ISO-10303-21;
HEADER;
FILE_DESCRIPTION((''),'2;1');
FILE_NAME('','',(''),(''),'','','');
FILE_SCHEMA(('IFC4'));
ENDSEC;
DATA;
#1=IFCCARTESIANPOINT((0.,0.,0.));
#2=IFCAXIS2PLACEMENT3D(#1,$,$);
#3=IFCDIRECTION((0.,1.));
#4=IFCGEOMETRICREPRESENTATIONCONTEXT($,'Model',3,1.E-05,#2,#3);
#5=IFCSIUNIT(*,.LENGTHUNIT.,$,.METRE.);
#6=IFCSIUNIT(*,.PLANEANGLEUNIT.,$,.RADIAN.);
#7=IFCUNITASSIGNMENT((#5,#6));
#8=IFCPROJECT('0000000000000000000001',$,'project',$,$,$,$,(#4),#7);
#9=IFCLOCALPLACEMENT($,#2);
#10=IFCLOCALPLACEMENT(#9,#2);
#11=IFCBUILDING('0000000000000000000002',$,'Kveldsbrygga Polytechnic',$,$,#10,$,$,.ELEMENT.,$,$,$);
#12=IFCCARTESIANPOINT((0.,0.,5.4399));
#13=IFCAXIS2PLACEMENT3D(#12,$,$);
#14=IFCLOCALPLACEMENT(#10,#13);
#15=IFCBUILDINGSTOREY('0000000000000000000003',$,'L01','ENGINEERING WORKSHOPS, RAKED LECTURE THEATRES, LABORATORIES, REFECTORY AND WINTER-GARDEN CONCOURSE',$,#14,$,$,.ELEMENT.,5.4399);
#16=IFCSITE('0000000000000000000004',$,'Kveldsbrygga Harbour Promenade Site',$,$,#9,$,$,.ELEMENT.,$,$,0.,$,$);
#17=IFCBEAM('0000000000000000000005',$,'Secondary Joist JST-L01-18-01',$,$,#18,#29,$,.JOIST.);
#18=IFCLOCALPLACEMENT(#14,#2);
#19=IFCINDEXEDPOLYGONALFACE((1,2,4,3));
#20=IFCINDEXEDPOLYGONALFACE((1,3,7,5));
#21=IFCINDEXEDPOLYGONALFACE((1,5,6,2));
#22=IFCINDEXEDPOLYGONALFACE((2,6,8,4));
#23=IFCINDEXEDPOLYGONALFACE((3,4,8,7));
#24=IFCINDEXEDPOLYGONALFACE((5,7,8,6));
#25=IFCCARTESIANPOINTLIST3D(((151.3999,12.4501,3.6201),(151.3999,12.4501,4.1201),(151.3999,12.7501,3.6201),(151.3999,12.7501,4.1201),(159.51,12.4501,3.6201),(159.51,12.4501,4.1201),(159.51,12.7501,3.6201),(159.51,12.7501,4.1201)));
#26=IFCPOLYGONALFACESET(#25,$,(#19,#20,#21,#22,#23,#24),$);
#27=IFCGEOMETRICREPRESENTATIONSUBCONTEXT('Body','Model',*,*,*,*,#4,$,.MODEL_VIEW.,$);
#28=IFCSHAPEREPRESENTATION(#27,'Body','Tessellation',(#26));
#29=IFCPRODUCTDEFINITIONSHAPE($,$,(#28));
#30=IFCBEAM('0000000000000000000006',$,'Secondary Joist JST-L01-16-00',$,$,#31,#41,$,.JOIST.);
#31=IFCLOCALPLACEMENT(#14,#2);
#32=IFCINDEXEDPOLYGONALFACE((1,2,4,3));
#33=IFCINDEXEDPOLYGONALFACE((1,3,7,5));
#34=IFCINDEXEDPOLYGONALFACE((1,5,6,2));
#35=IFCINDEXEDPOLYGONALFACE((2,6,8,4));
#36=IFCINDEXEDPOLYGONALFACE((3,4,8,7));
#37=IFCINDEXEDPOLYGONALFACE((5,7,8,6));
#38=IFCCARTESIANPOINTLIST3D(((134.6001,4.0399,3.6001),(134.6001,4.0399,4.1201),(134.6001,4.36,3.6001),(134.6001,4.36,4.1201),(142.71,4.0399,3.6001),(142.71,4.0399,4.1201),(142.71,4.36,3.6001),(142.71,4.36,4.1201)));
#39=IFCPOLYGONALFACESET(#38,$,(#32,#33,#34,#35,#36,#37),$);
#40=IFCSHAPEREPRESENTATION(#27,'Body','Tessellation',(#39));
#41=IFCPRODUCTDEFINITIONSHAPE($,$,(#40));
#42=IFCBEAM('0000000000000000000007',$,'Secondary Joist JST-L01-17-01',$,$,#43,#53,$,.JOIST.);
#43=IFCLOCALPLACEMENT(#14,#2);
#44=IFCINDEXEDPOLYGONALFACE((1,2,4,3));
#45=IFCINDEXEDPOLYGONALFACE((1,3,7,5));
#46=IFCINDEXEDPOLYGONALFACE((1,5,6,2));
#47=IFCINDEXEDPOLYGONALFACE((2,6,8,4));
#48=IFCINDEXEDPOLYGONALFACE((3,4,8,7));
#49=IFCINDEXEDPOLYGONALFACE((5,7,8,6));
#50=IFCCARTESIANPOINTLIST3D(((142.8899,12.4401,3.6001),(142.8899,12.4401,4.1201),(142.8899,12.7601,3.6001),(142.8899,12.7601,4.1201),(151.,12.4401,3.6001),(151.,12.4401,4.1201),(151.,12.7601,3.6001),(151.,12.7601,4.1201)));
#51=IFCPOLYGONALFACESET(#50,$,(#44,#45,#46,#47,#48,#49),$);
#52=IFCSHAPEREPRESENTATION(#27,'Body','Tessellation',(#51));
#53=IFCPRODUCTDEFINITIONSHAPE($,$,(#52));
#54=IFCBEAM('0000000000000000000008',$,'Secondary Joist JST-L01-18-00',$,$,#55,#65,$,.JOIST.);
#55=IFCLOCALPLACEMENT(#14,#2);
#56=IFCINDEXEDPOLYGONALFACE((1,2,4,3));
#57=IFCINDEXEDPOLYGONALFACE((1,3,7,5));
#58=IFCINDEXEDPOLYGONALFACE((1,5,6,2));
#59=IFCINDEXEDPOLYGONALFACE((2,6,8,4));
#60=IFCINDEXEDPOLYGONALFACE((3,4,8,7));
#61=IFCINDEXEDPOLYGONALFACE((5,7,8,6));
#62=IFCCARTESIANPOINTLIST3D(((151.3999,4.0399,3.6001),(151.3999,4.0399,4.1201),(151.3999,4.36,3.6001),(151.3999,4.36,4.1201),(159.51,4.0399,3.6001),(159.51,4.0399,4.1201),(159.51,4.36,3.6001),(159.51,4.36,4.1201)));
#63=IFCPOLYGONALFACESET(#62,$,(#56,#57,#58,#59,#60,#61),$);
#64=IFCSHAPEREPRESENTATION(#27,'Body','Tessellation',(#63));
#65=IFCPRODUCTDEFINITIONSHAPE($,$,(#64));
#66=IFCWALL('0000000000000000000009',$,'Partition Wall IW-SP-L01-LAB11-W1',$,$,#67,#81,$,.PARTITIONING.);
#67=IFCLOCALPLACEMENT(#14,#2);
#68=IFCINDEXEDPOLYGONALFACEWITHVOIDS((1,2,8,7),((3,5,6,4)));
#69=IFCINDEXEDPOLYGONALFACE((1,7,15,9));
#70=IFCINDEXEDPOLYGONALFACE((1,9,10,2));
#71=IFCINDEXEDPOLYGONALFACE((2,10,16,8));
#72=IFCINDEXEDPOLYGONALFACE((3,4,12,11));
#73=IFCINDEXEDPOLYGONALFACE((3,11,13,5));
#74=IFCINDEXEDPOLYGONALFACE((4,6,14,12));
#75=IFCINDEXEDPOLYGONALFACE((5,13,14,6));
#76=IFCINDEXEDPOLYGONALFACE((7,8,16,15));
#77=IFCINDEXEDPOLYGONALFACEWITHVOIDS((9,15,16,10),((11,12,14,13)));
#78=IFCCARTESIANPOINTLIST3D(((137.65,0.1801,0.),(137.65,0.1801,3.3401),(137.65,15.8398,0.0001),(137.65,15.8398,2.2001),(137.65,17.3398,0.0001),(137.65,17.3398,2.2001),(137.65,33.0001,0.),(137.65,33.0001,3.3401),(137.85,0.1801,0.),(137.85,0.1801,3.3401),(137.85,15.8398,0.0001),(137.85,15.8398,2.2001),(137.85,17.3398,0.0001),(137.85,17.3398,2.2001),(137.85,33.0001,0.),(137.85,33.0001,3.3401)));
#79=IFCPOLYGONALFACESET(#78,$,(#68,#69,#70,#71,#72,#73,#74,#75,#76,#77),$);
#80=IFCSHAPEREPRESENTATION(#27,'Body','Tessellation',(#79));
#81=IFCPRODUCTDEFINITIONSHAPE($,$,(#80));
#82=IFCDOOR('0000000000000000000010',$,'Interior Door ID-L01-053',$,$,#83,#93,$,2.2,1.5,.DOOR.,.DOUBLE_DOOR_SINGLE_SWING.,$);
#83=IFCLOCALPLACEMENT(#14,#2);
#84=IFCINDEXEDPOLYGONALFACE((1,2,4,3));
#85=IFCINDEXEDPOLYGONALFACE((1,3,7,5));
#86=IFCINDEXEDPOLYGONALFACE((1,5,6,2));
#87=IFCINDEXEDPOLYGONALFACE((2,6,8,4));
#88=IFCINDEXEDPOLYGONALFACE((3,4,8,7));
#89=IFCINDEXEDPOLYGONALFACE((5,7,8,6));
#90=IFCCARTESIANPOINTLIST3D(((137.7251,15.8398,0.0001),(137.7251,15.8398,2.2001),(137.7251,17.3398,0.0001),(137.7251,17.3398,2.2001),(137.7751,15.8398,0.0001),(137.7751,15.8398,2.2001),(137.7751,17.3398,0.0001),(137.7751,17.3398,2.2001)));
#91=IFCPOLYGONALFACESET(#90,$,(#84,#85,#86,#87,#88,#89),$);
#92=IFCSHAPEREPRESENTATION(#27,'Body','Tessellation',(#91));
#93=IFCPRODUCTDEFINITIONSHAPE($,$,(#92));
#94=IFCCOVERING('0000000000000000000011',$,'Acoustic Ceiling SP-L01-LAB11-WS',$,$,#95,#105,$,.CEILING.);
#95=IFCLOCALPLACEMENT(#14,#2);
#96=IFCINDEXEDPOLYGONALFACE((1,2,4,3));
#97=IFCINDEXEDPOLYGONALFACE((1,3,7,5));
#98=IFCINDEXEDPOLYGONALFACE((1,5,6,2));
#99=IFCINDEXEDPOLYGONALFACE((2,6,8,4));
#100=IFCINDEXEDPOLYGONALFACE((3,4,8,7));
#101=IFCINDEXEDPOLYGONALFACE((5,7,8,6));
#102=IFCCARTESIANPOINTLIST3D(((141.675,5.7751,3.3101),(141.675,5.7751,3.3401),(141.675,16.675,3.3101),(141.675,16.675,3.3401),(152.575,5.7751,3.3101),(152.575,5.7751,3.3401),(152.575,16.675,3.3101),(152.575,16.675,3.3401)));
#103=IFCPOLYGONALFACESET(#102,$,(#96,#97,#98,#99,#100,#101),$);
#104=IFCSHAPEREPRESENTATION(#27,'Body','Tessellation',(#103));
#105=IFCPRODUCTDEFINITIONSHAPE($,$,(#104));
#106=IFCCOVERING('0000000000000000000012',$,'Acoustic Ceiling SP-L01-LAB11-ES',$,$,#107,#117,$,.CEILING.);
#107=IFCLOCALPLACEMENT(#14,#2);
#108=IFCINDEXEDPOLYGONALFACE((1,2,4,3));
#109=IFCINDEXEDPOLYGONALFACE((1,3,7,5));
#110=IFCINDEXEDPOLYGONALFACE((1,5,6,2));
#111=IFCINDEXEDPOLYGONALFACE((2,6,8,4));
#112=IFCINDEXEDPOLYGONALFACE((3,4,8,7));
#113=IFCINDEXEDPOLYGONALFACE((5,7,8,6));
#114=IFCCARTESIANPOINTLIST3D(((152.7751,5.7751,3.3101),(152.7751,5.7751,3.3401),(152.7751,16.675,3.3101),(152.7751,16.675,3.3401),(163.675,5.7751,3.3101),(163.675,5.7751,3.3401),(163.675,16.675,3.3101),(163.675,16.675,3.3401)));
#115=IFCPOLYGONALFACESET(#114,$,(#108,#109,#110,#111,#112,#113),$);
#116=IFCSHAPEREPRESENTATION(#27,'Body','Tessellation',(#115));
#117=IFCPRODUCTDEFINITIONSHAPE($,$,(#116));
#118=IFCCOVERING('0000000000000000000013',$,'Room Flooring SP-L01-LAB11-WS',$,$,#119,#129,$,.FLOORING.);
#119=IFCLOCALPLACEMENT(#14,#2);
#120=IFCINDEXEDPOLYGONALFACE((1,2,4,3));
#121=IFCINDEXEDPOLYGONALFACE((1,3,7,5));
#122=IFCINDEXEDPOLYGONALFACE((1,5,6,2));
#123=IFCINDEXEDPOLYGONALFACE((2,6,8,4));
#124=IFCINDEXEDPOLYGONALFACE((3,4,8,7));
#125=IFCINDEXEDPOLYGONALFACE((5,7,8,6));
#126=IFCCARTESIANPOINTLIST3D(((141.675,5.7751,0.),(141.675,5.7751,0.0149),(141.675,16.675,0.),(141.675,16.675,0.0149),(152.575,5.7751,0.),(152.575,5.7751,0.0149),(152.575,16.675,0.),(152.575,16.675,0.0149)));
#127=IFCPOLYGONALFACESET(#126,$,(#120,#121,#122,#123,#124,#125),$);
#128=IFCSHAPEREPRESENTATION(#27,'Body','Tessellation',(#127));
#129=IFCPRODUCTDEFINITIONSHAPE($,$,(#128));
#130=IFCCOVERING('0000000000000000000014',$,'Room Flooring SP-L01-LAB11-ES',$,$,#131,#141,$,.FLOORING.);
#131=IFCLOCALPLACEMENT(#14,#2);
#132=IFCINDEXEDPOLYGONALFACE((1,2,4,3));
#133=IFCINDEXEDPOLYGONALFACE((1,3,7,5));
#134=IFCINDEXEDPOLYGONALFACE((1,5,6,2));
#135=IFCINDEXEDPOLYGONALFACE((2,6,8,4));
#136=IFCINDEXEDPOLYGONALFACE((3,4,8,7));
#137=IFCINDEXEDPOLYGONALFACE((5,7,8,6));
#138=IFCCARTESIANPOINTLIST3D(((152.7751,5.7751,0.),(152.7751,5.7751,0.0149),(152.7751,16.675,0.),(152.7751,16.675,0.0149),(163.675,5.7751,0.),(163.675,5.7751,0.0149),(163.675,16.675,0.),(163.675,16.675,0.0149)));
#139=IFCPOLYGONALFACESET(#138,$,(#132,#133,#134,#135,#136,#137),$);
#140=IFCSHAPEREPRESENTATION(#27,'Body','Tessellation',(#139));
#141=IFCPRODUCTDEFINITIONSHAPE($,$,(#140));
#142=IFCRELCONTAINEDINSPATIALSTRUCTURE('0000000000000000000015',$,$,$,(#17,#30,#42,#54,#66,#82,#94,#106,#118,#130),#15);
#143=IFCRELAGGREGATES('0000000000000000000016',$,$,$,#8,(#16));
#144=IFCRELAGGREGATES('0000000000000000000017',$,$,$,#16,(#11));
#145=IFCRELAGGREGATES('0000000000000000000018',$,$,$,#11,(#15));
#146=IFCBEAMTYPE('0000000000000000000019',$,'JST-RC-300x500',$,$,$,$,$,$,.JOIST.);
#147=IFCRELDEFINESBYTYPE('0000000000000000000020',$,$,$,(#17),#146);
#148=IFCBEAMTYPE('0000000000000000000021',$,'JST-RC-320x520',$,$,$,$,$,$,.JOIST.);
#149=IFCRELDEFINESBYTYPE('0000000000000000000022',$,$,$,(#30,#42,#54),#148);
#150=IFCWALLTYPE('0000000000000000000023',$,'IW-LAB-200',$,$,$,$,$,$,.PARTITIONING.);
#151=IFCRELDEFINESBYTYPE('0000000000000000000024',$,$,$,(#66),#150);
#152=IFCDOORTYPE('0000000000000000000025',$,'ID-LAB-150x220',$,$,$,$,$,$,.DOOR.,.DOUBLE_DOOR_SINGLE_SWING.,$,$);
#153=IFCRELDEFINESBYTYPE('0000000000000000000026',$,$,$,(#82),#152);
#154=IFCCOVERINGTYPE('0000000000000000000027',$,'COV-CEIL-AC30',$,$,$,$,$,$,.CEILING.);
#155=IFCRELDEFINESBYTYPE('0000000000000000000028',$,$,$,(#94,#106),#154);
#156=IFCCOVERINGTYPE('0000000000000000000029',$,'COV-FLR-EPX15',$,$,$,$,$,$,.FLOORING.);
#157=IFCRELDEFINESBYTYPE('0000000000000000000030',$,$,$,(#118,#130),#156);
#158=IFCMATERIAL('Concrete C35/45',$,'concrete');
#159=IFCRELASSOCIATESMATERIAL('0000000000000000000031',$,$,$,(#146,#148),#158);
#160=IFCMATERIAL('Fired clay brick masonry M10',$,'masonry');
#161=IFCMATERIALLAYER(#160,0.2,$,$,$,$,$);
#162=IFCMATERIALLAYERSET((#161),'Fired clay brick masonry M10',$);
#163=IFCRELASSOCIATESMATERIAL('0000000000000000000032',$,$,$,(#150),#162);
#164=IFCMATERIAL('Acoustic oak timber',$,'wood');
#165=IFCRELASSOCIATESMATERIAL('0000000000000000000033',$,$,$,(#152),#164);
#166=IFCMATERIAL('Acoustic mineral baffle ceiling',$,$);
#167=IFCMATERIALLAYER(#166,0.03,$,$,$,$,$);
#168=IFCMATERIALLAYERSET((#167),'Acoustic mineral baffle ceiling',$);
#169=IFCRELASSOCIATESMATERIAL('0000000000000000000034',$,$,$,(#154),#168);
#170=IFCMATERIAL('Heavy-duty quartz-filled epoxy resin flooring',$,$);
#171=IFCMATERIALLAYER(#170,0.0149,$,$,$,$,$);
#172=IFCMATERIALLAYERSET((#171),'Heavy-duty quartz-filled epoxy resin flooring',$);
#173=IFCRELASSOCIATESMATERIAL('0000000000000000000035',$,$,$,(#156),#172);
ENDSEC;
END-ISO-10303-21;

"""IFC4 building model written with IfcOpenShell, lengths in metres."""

from ifc_helpers import new_model, si_unit, direction, frame, frame_2d, origin, origin_2d, place, context, subcontext, project, spatial, rectangle, extrude, material, layer, layer_set, material_profile, profile_set, type_object, element, fill, save


model = new_model("IFC4")

# Units and contexts
model_context = context("Model", 3, precision=1e-05, world=origin(), true_north=direction((0.0, 1.0)))
body_context = subcontext(model_context, "Body", "Model", "MODEL_VIEW")
ifc_project = project(units=[si_unit("LENGTHUNIT", "METRE"), si_unit("PLANEANGLEUNIT", "RADIAN")], contexts=[model_context])

# Site, building, storey
site_placement = place(None, origin())
site = spatial("IfcSite", under=ifc_project, at=site_placement, Name="Kveldsbrygga Harbour Promenade Site", CompositionType="ELEMENT", RefElevation=0.0)
building_placement = place(site_placement, origin())
building = spatial("IfcBuilding", under=site, at=building_placement, Name="Kveldsbrygga Polytechnic", CompositionType="ELEMENT")
storey_placement = place(building_placement, frame((0.0, 0.0, 5.4399)))
storey = spatial("IfcBuildingStorey", under=building, at=storey_placement, Name="L01", Description="ENGINEERING WORKSHOPS, RAKED LECTURE THEATRES, LABORATORIES, REFECTORY AND WINTER-GARDEN CONCOURSE", CompositionType="ELEMENT", Elevation=5.4399)

# Beams
ifc_material_1 = material(Name="Concrete C35/45", Category="concrete")
ifc_material_profile_1 = material_profile(ifc_material_1, rectangle(XDim=0.3, YDim=0.5, at=origin_2d()), Name="RC 300x500")
ifc_profile_set_1 = profile_set([ifc_material_profile_1], Name="Concrete C35/45")
beam_type_1 = type_object("IfcBeamType", Name="JST-RC-300x500", PredefinedType="JOIST", material=ifc_profile_set_1)
for number, where, z_axis, x_axis, name in (
    (1, (151.3999, 12.6001, 3.8701), (1.0, 0.0, 0.0), (0.0, 1.0, 0.0), "Secondary Joist JST-L01-18-01"),
):
    element("IfcBeam", number, at=place(storey_placement, frame(where, z_axis=z_axis, x_axis=x_axis)), inside=storey, type_object=beam_type_1, Name=name, PredefinedType="JOIST", context=body_context, shape_type="SweptSolid", body=[
        extrude(rectangle(XDim=0.3, YDim=0.5, at=origin_2d()), origin(), (0.0, 0.0, 1.0), 8.1101),
    ])
ifc_material_profile_2 = material_profile(ifc_material_1, rectangle(XDim=0.3201, YDim=0.52, at=origin_2d()), Name="RC 320x520")
ifc_profile_set_2 = profile_set([ifc_material_profile_2], Name="Concrete C35/45")
beam_type_2 = type_object("IfcBeamType", Name="JST-RC-320x520", PredefinedType="JOIST", material=ifc_profile_set_2)
beam_1_placement = place(storey_placement, frame((134.6001, 4.2, 3.8601), z_axis=(1.0, 0.0, 0.0), x_axis=(0.0, 1.0, 0.0)))
element("IfcBeam", 2, at=beam_1_placement, inside=storey, type_object=beam_type_2, Name="Secondary Joist JST-L01-16-00", PredefinedType="JOIST", context=body_context, shape_type="SweptSolid", body=[
    extrude(rectangle(XDim=0.3201, YDim=0.52, at=origin_2d()), origin(), (0.0, 0.0, 1.0), 8.1099),
])
for number, where, z_axis, x_axis, name in (
    (3, (142.8899, 12.6001, 3.8601), (1.0, 0.0, 0.0), (0.0, 1.0, 0.0), "Secondary Joist JST-L01-17-01"),
    (4, (151.3999, 4.2, 3.8601), (1.0, 0.0, 0.0), (0.0, 1.0, 0.0), "Secondary Joist JST-L01-18-00"),
):
    element("IfcBeam", number, at=place(storey_placement, frame(where, z_axis=z_axis, x_axis=x_axis)), inside=storey, type_object=beam_type_2, Name=name, PredefinedType="JOIST", context=body_context, shape_type="SweptSolid", body=[
        extrude(rectangle(XDim=0.3201, YDim=0.52, at=origin_2d()), origin(), (0.0, 0.0, 1.0), 8.1101),
    ])

# Wall, opening, door
ifc_material_2 = material(Name="Fired clay brick masonry M10", Category="masonry")
ifc_layer_1 = layer(ifc_material_2, 0.2)
ifc_layer_set_1 = layer_set([ifc_layer_1], Name="Fired clay brick masonry M10")
wall_type = type_object("IfcWallType", Name="IW-LAB-200", PredefinedType="PARTITIONING", material=ifc_layer_set_1)
wall_placement = place(storey_placement, frame((137.75, 0.1799, 0.0), z_axis=(0.0, 0.0, 1.0), x_axis=(0.0, 1.0, 0.0)))
wall = element("IfcWall", 5, at=wall_placement, inside=storey, type_object=wall_type, Name="Partition Wall IW-SP-L01-LAB11-W1", PredefinedType="PARTITIONING", context=body_context, shape_type="SweptSolid", body=[
    extrude(rectangle(XDim=32.8201, YDim=0.2, at=frame_2d((16.4102, 0.0))), origin(), (0.0, 0.0, 1.0), 3.3401),
])
opening_placement = place(wall_placement, frame((15.6599, 0.0, 0.0)))
opening = element("IfcOpeningElement", 6, at=opening_placement, cuts=wall, PredefinedType="OPENING", context=body_context, shape_type="SweptSolid", body=[
    extrude(rectangle(XDim=1.5, YDim=2.2, at=frame_2d((0.75, 1.1001))), frame((0.0, 0.1099, 0.0), z_axis=(0.0, -1.0, 0.0), x_axis=(1.0, 0.0, 0.0)), (0.0, 0.0, 1.0), 0.22),
])
ifc_material_3 = material(Name="Acoustic oak timber", Category="wood")
door_type = type_object("IfcDoorType", Name="ID-LAB-150x220", OperationType="DOUBLE_DOOR_SINGLE_SWING", PredefinedType="DOOR", material=ifc_material_3)
door_placement = place(opening_placement, origin())
door = element("IfcDoor", 7, at=door_placement, inside=storey, type_object=door_type, Name="Interior Door ID-L01-053", OperationType="DOUBLE_DOOR_SINGLE_SWING", OverallHeight=2.2, OverallWidth=1.5, PredefinedType="DOOR", context=body_context, shape_type="SweptSolid", body=[
    extrude(rectangle(XDim=1.5, YDim=2.2, at=frame_2d((0.75, 1.1001))), frame((0.0, 0.0249, 0.0), z_axis=(0.0, -1.0, 0.0), x_axis=(1.0, 0.0, 0.0)), (0.0, 0.0, 1.0), 0.05),
])
fill(opening, door)

# Coverings
ifc_material_4 = material(Name="Acoustic mineral baffle ceiling")
ifc_layer_2 = layer(ifc_material_4, 0.03)
ifc_layer_set_2 = layer_set([ifc_layer_2], Name="Acoustic mineral baffle ceiling")
covering_type_1 = type_object("IfcCoveringType", Name="COV-CEIL-AC30", PredefinedType="CEILING", material=ifc_layer_set_2)
for number, where, z_axis, x_axis, name in (
    (8, (147.125, 11.2251, 3.3101), (0.0, 0.0, 1.0), (1.0, 0.0, 0.0), "Acoustic Ceiling SP-L01-LAB11-WS"),
    (9, (158.2251, 11.2251, 3.3101), (0.0, 0.0, 1.0), (1.0, 0.0, 0.0), "Acoustic Ceiling SP-L01-LAB11-ES"),
):
    element("IfcCovering", number, at=place(storey_placement, frame(where, z_axis=z_axis, x_axis=x_axis)), inside=storey, type_object=covering_type_1, Name=name, PredefinedType="CEILING", context=body_context, shape_type="SweptSolid", body=[
        extrude(rectangle(XDim=10.8999, YDim=10.8999, at=origin_2d()), origin(), (0.0, 0.0, 1.0), 0.03),
    ])
ifc_material_5 = material(Name="Heavy-duty quartz-filled epoxy resin flooring")
ifc_layer_3 = layer(ifc_material_5, 0.0149)
ifc_layer_set_3 = layer_set([ifc_layer_3], Name="Heavy-duty quartz-filled epoxy resin flooring")
covering_type_2 = type_object("IfcCoveringType", Name="COV-FLR-EPX15", PredefinedType="FLOORING", material=ifc_layer_set_3)
for number, where, z_axis, x_axis, name in (
    (10, (147.125, 11.2251, 0.0), (0.0, 0.0, 1.0), (1.0, 0.0, 0.0), "Room Flooring SP-L01-LAB11-WS"),
    (11, (158.2251, 11.2251, 0.0), (0.0, 0.0, 1.0), (1.0, 0.0, 0.0), "Room Flooring SP-L01-LAB11-ES"),
):
    element("IfcCovering", number, at=place(storey_placement, frame(where, z_axis=z_axis, x_axis=x_axis)), inside=storey, type_object=covering_type_2, Name=name, PredefinedType="FLOORING", context=body_context, shape_type="SweptSolid", body=[
        extrude(rectangle(XDim=10.8999, YDim=10.8999, at=origin_2d()), origin(), (0.0, 0.0, 1.0), 0.0149),
    ])

save(model, "model.ifc")
